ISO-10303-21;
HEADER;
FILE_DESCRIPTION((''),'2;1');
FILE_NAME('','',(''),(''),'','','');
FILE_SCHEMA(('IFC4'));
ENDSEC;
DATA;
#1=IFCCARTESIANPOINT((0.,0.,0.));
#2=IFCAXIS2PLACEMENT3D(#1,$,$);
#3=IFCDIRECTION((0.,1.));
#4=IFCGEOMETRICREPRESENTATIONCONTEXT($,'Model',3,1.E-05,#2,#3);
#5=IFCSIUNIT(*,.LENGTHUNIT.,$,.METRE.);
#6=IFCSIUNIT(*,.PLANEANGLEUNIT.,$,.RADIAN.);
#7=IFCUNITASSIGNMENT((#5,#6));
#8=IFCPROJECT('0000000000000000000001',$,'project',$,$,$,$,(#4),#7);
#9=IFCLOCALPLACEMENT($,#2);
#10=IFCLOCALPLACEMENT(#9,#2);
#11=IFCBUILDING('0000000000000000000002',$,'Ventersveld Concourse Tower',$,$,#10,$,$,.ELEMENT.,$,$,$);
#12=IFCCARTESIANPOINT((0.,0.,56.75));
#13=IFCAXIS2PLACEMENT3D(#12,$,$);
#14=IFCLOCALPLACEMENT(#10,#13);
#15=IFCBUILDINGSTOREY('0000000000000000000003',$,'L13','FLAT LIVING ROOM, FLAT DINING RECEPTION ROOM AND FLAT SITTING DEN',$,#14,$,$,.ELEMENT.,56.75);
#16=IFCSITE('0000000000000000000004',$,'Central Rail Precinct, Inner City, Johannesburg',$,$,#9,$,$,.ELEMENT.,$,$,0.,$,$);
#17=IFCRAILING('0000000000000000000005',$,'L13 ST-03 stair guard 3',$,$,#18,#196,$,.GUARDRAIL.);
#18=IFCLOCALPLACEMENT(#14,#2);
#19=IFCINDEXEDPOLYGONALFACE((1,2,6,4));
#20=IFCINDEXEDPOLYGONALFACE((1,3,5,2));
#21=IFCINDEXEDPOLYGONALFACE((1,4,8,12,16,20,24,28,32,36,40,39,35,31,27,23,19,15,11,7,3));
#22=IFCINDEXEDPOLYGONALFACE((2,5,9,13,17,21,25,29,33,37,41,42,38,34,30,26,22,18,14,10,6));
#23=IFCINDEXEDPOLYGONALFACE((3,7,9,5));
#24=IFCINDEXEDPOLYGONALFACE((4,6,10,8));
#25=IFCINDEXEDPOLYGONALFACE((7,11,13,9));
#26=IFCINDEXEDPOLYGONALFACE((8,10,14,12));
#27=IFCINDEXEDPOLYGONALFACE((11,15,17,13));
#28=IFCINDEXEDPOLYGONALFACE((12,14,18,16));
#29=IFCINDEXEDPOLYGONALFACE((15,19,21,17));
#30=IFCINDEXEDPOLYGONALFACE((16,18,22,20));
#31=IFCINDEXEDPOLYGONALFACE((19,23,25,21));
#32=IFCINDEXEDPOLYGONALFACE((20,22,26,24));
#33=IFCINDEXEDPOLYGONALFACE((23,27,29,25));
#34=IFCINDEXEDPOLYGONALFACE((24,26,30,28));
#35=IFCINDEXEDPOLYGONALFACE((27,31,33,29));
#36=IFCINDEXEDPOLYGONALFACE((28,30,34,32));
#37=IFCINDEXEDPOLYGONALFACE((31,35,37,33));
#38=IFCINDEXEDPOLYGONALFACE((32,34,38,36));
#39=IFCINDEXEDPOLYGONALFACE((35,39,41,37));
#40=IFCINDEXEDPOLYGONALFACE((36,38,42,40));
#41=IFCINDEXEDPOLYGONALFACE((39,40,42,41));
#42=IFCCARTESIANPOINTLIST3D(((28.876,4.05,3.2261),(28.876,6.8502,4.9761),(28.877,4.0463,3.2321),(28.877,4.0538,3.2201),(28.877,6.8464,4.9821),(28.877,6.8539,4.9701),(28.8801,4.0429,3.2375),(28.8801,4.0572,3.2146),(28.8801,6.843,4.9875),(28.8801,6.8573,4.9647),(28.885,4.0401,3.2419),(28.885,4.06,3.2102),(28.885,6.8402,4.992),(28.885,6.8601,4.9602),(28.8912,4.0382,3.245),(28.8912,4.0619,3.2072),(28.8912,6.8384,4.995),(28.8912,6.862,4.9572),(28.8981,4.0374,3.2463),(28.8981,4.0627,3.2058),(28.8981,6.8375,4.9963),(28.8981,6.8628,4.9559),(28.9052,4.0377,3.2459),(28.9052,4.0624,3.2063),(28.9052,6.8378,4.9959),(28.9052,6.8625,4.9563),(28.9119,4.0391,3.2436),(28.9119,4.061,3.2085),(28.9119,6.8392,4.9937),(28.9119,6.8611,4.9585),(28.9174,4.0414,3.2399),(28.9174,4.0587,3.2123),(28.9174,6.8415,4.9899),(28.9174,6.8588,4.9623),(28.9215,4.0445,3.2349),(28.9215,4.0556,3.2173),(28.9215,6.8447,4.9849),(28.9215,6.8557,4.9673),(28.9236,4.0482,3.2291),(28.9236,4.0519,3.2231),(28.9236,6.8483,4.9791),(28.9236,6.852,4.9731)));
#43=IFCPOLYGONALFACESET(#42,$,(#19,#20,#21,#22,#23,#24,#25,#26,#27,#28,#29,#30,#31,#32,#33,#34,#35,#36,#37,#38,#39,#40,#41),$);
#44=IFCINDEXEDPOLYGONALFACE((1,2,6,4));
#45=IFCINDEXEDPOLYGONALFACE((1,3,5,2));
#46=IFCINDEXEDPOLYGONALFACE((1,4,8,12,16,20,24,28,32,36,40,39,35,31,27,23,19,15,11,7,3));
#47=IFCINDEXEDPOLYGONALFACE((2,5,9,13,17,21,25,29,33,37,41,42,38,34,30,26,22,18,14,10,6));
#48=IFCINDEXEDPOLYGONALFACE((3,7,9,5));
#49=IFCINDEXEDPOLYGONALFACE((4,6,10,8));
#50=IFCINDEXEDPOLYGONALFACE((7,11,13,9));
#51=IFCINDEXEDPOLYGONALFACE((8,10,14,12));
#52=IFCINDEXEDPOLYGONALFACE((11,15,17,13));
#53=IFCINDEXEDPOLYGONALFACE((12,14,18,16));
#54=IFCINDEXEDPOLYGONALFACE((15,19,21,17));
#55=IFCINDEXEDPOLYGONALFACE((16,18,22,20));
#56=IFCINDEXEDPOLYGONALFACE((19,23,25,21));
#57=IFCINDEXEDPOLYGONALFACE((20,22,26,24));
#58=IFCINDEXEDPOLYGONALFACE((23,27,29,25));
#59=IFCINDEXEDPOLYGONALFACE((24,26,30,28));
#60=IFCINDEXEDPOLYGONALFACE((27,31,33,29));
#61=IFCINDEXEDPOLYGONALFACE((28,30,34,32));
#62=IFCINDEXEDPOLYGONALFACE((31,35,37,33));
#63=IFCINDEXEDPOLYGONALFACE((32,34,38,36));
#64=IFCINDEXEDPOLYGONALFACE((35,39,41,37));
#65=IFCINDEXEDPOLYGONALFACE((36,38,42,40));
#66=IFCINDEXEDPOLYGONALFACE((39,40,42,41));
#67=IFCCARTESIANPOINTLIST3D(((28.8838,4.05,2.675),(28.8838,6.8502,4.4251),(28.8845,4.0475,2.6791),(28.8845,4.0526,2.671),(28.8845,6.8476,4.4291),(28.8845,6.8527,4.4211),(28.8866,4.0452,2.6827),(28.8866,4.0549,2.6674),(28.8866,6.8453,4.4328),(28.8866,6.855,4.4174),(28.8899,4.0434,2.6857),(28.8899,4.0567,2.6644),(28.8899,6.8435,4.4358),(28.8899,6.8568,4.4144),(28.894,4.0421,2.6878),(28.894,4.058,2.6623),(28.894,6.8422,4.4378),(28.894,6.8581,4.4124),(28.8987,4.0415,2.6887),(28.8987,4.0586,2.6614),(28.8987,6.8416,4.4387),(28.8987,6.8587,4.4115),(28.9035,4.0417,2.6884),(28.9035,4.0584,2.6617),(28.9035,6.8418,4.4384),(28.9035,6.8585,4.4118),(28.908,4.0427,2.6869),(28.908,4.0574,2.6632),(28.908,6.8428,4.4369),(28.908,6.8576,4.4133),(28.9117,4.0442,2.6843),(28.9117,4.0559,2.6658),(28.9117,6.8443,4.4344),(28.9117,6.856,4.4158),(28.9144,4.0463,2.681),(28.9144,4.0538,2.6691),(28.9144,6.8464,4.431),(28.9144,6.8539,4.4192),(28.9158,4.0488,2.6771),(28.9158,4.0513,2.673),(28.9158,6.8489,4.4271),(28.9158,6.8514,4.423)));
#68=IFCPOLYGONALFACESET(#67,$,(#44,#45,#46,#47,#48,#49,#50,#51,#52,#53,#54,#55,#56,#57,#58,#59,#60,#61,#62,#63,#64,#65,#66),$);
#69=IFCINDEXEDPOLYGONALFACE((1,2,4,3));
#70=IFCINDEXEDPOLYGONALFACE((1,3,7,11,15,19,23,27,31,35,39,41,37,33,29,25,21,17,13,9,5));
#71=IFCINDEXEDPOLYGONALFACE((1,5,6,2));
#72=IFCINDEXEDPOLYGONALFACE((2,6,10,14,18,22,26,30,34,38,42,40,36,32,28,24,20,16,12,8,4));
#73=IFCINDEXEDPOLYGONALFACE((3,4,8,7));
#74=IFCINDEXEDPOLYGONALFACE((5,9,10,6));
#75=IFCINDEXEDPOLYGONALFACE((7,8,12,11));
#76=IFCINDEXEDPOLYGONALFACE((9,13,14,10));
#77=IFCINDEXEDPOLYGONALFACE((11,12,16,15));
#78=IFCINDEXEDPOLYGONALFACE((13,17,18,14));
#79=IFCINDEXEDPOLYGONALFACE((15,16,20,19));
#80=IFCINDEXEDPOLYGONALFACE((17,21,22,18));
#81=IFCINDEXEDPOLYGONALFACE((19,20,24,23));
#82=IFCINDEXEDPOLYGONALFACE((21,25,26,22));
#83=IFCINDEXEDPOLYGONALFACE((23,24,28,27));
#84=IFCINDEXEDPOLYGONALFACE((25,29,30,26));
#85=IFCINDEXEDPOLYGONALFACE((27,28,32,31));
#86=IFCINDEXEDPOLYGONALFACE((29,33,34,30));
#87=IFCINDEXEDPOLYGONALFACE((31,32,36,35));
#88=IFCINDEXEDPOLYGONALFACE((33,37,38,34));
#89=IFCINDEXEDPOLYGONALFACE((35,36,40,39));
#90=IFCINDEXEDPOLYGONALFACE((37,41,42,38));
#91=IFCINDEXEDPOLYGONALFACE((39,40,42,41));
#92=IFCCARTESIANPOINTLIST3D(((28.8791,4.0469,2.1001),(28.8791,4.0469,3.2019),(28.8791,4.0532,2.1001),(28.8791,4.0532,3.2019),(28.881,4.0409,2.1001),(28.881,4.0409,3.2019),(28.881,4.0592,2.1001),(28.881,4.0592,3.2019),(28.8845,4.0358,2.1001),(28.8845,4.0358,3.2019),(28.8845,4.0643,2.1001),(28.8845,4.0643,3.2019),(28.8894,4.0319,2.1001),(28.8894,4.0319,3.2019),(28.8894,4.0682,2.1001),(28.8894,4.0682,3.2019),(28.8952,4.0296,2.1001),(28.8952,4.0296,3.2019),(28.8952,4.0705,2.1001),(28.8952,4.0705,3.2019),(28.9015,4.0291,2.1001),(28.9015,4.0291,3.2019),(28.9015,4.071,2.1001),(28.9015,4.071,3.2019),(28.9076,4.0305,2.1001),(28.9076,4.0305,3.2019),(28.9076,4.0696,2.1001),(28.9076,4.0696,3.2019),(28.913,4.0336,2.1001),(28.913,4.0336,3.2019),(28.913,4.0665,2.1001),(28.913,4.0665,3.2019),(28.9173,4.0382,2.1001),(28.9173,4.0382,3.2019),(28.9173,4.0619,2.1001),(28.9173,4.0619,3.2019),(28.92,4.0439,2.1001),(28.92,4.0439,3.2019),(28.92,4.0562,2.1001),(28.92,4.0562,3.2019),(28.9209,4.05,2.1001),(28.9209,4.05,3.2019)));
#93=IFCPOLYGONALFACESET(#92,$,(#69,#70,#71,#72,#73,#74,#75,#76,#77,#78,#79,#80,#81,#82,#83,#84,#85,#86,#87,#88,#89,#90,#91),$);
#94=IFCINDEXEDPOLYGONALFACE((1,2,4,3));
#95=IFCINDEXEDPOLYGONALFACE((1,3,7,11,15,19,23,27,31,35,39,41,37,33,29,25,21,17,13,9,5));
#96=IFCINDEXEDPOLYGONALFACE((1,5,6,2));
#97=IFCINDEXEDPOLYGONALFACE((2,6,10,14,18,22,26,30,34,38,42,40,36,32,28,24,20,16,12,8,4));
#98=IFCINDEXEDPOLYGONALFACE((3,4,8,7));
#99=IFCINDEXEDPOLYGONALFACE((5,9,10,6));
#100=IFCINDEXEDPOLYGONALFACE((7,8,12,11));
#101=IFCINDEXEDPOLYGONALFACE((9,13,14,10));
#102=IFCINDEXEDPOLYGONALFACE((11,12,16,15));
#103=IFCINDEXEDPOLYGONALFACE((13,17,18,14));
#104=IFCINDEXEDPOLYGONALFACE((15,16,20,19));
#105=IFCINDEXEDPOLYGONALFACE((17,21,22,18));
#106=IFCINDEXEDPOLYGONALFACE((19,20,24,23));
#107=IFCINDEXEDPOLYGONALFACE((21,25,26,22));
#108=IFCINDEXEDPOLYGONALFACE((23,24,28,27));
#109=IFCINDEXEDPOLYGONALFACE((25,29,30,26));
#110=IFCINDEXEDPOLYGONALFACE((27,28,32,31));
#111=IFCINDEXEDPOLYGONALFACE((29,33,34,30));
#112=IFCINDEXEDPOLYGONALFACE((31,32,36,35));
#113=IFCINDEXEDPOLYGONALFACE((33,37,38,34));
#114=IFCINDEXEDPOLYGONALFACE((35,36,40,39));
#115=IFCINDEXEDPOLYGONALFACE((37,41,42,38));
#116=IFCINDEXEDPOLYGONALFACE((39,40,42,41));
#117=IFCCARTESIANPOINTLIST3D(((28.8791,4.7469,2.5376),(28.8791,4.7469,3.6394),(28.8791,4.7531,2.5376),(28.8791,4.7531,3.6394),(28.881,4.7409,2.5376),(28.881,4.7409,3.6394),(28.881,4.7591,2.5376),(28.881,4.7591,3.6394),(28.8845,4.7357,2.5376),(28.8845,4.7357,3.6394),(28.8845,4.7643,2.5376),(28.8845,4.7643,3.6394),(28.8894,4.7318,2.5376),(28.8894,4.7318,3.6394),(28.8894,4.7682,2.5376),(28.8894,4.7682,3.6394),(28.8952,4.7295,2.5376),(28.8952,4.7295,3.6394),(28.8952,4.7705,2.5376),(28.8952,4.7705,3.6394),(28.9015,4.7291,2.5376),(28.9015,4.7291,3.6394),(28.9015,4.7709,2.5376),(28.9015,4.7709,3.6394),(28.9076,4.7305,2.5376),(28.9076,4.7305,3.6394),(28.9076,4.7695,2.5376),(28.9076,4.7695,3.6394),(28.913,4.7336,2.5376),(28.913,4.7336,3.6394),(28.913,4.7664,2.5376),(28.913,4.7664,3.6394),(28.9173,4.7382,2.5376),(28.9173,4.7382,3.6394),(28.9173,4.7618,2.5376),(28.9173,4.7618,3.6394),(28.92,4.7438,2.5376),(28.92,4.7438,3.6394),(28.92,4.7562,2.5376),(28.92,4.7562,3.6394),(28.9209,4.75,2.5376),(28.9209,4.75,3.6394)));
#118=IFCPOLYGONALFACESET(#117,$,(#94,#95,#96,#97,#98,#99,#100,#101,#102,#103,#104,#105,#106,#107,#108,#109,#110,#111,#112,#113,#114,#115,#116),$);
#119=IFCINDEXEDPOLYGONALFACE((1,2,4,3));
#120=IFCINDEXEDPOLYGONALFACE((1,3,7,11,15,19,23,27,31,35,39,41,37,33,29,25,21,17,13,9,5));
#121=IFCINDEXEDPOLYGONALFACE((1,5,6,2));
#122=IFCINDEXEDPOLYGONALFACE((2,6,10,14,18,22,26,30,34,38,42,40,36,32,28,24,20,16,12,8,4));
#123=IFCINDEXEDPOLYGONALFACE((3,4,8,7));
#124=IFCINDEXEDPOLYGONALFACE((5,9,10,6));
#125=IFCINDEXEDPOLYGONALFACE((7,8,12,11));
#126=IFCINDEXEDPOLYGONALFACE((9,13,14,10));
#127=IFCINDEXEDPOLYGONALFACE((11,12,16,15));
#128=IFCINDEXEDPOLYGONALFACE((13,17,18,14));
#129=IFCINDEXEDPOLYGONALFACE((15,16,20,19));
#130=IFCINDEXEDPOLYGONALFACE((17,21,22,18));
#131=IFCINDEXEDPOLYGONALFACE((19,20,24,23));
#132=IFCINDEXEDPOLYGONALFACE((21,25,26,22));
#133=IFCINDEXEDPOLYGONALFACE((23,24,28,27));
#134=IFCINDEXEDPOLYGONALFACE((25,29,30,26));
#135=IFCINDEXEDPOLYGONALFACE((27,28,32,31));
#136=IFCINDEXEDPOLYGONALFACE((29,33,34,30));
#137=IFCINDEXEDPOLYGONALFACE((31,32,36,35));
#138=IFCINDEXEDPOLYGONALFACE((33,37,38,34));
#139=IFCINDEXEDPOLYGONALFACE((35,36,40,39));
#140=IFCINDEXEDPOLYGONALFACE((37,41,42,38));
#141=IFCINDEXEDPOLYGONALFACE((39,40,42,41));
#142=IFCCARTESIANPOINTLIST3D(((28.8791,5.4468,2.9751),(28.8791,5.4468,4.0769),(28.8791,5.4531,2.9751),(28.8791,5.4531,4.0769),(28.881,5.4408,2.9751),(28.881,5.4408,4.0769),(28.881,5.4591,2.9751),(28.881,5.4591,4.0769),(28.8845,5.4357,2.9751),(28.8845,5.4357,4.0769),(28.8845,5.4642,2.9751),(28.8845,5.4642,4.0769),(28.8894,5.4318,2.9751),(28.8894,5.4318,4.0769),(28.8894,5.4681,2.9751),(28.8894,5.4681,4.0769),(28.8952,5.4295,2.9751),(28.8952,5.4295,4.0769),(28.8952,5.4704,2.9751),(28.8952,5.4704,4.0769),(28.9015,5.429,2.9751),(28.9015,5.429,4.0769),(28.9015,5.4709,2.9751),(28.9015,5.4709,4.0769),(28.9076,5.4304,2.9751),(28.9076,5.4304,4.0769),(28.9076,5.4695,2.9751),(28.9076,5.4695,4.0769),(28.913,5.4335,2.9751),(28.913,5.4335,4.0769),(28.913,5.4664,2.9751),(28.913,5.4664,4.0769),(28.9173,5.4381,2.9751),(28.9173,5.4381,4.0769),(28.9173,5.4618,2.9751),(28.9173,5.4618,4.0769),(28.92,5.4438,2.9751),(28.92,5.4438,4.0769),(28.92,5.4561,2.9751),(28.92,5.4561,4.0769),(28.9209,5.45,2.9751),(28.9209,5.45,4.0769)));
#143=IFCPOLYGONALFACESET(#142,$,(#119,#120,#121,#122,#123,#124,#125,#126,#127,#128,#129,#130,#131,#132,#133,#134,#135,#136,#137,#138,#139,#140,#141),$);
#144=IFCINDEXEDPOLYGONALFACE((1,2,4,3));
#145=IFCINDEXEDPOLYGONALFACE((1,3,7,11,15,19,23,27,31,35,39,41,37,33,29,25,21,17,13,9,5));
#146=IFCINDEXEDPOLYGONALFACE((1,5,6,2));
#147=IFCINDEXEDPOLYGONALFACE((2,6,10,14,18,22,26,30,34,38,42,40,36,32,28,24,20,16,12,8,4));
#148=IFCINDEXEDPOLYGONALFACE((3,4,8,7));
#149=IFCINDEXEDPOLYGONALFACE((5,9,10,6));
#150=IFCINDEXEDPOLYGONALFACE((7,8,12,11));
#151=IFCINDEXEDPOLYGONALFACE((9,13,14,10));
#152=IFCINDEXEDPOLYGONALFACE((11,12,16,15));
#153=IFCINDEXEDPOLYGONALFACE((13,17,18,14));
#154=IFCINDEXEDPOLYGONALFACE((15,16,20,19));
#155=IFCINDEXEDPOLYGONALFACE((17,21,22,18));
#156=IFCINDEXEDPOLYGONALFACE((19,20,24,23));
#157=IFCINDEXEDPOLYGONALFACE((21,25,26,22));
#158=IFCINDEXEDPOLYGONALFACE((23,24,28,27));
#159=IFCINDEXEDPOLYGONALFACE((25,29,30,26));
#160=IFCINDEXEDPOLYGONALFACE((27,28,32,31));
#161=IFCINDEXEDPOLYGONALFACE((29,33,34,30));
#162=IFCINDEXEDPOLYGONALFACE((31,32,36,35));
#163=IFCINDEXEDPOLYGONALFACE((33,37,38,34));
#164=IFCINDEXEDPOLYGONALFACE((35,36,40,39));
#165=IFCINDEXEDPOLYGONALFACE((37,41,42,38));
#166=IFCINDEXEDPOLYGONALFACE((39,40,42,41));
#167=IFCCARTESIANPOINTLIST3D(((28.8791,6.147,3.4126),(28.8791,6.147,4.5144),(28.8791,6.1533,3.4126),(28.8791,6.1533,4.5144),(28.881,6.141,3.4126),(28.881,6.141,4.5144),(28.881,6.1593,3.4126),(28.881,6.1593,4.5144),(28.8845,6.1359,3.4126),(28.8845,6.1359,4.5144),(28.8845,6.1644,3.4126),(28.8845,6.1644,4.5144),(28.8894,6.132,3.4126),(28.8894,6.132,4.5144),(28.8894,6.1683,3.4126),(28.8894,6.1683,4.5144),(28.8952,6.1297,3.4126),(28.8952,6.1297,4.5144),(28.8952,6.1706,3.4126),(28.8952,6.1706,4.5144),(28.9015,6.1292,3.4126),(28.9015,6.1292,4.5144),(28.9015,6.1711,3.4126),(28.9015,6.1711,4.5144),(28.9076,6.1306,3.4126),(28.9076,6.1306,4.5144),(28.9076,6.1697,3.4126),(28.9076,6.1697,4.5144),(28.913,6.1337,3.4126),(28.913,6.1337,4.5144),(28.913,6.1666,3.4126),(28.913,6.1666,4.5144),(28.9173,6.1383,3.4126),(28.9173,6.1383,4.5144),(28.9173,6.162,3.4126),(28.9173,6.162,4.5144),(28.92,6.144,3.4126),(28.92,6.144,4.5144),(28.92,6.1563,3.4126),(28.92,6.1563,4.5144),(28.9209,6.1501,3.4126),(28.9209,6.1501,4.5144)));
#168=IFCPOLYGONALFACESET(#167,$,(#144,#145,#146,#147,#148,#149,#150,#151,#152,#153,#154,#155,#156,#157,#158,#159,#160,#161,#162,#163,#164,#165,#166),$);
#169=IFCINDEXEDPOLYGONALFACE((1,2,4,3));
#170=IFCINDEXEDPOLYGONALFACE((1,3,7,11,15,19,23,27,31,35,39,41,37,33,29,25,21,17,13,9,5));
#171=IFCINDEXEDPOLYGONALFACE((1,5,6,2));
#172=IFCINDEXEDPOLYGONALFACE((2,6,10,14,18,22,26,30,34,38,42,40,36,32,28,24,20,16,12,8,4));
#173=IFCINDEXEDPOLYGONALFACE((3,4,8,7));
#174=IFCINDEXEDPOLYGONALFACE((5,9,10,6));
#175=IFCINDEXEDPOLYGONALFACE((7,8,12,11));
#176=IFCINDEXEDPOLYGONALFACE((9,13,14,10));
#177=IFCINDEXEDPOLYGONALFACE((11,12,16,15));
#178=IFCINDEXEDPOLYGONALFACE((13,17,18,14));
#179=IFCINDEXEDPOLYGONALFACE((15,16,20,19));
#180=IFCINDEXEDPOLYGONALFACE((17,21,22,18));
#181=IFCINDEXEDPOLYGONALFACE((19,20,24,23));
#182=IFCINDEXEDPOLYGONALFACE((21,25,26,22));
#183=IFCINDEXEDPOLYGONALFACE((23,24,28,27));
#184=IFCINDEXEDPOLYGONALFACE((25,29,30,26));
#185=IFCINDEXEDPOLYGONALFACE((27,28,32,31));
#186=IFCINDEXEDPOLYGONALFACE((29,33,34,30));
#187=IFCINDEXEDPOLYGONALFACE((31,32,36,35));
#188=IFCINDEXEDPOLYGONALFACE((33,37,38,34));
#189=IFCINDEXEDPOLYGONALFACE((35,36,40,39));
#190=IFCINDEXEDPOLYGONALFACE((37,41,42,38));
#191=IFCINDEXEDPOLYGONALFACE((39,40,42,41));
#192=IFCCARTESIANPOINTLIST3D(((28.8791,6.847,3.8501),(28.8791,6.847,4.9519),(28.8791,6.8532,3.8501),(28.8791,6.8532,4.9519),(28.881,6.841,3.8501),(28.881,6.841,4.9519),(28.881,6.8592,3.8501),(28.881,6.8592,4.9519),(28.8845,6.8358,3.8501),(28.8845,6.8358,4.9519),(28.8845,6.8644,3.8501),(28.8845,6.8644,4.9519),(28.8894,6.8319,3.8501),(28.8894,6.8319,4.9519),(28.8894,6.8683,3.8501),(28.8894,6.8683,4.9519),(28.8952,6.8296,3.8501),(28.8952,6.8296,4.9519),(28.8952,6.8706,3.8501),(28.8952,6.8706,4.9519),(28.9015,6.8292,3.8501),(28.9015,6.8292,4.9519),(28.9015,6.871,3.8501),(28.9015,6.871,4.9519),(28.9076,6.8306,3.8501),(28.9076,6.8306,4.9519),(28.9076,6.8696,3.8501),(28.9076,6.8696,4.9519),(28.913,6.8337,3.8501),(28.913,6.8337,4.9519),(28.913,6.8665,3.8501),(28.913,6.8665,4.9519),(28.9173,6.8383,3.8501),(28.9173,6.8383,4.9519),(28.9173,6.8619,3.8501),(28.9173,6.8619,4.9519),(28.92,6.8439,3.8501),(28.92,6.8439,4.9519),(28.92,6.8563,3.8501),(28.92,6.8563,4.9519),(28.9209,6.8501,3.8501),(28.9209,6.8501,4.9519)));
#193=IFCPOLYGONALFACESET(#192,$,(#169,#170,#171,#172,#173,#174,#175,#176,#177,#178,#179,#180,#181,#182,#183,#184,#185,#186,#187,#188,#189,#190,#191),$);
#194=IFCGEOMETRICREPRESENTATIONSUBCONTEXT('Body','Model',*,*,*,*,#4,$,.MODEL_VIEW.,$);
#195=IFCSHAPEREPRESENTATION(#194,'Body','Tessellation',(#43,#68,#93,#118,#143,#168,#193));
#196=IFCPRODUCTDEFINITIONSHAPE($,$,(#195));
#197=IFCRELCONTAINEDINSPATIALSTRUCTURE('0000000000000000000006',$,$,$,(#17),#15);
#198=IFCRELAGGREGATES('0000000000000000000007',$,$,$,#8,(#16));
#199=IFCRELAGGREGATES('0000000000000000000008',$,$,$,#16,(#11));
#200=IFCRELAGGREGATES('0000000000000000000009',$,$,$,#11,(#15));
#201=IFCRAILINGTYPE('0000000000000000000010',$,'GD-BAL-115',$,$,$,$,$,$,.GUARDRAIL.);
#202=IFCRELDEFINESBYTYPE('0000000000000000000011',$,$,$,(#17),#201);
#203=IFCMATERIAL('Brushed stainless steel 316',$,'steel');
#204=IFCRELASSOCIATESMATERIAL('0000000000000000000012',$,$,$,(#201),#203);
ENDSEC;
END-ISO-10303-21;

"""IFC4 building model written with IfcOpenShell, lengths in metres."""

from ifc_helpers import new_model, si_unit, direction, frame, origin, origin_2d, place, context, subcontext, project, spatial, circle, extrude, material, type_object, element, save


model = new_model("IFC4")

# Units and contexts
model_context = context("Model", 3, precision=1e-05, world=origin(), true_north=direction((0.0, 1.0)))
body_context = subcontext(model_context, "Body", "Model", "MODEL_VIEW")
ifc_project = project(units=[si_unit("LENGTHUNIT", "METRE"), si_unit("PLANEANGLEUNIT", "RADIAN")], contexts=[model_context])

# Site, building, storey
site_placement = place(None, origin())
site = spatial("IfcSite", under=ifc_project, at=site_placement, Name="Central Rail Precinct, Inner City, Johannesburg", CompositionType="ELEMENT", RefElevation=0.0)
building_placement = place(site_placement, origin())
building = spatial("IfcBuilding", under=site, at=building_placement, Name="Ventersveld Concourse Tower", CompositionType="ELEMENT")
storey_placement = place(building_placement, frame((0.0, 0.0, 56.75)))
storey = spatial("IfcBuildingStorey", under=building, at=storey_placement, Name="L13", Description="FLAT LIVING ROOM, FLAT DINING RECEPTION ROOM AND FLAT SITTING DEN", CompositionType="ELEMENT", Elevation=56.75)

# Railing
ifc_material_1 = material(Name="Brushed stainless steel 316", Category="steel")
railing_type_1 = type_object("IfcRailingType", Name="GD-BAL-115", PredefinedType="GUARDRAIL", material=ifc_material_1)
railing_1_placement = place(storey_placement, frame((28.8999, 4.05, 2.1001)))
element("IfcRailing", 1, at=railing_1_placement, inside=storey, type_object=railing_type_1, Name="L13 ST-03 stair guard 3", PredefinedType="GUARDRAIL", context=body_context, shape_type="SweptSolid", body=[
    extrude(circle(Radius=0.0239, at=origin_2d()), frame((0.0, 0.0, 1.126), z_axis=(0.0, 0.848002, 0.529992), x_axis=(-1.0, 0.0, 0.0)), (0.0, 0.0, 1.0), 3.302),
    extrude(circle(Radius=0.0161, at=origin_2d()), frame((0.0, 0.0, 0.575), z_axis=(0.0, 0.848002, 0.529992), x_axis=(-1.0, 0.0, 0.0)), (0.0, 0.0, 1.0), 3.302),
    extrude(circle(Radius=0.021, at=origin_2d()), origin(), (0.0, 0.0, 1.0), 1.1018),
    extrude(circle(Radius=0.021, at=origin_2d()), frame((0.0, 0.7, 0.4375)), (0.0, 0.0, 1.0), 1.1018),
    extrude(circle(Radius=0.021, at=origin_2d()), frame((0.0, 1.3999, 0.875)), (0.0, 0.0, 1.0), 1.1018),
    extrude(circle(Radius=0.021, at=origin_2d()), frame((0.0, 2.1001, 1.3125)), (0.0, 0.0, 1.0), 1.1018),
    extrude(circle(Radius=0.021, at=origin_2d()), frame((0.0, 2.8, 1.75)), (0.0, 0.0, 1.0), 1.1018),
])

save(model, "model.ifc")
